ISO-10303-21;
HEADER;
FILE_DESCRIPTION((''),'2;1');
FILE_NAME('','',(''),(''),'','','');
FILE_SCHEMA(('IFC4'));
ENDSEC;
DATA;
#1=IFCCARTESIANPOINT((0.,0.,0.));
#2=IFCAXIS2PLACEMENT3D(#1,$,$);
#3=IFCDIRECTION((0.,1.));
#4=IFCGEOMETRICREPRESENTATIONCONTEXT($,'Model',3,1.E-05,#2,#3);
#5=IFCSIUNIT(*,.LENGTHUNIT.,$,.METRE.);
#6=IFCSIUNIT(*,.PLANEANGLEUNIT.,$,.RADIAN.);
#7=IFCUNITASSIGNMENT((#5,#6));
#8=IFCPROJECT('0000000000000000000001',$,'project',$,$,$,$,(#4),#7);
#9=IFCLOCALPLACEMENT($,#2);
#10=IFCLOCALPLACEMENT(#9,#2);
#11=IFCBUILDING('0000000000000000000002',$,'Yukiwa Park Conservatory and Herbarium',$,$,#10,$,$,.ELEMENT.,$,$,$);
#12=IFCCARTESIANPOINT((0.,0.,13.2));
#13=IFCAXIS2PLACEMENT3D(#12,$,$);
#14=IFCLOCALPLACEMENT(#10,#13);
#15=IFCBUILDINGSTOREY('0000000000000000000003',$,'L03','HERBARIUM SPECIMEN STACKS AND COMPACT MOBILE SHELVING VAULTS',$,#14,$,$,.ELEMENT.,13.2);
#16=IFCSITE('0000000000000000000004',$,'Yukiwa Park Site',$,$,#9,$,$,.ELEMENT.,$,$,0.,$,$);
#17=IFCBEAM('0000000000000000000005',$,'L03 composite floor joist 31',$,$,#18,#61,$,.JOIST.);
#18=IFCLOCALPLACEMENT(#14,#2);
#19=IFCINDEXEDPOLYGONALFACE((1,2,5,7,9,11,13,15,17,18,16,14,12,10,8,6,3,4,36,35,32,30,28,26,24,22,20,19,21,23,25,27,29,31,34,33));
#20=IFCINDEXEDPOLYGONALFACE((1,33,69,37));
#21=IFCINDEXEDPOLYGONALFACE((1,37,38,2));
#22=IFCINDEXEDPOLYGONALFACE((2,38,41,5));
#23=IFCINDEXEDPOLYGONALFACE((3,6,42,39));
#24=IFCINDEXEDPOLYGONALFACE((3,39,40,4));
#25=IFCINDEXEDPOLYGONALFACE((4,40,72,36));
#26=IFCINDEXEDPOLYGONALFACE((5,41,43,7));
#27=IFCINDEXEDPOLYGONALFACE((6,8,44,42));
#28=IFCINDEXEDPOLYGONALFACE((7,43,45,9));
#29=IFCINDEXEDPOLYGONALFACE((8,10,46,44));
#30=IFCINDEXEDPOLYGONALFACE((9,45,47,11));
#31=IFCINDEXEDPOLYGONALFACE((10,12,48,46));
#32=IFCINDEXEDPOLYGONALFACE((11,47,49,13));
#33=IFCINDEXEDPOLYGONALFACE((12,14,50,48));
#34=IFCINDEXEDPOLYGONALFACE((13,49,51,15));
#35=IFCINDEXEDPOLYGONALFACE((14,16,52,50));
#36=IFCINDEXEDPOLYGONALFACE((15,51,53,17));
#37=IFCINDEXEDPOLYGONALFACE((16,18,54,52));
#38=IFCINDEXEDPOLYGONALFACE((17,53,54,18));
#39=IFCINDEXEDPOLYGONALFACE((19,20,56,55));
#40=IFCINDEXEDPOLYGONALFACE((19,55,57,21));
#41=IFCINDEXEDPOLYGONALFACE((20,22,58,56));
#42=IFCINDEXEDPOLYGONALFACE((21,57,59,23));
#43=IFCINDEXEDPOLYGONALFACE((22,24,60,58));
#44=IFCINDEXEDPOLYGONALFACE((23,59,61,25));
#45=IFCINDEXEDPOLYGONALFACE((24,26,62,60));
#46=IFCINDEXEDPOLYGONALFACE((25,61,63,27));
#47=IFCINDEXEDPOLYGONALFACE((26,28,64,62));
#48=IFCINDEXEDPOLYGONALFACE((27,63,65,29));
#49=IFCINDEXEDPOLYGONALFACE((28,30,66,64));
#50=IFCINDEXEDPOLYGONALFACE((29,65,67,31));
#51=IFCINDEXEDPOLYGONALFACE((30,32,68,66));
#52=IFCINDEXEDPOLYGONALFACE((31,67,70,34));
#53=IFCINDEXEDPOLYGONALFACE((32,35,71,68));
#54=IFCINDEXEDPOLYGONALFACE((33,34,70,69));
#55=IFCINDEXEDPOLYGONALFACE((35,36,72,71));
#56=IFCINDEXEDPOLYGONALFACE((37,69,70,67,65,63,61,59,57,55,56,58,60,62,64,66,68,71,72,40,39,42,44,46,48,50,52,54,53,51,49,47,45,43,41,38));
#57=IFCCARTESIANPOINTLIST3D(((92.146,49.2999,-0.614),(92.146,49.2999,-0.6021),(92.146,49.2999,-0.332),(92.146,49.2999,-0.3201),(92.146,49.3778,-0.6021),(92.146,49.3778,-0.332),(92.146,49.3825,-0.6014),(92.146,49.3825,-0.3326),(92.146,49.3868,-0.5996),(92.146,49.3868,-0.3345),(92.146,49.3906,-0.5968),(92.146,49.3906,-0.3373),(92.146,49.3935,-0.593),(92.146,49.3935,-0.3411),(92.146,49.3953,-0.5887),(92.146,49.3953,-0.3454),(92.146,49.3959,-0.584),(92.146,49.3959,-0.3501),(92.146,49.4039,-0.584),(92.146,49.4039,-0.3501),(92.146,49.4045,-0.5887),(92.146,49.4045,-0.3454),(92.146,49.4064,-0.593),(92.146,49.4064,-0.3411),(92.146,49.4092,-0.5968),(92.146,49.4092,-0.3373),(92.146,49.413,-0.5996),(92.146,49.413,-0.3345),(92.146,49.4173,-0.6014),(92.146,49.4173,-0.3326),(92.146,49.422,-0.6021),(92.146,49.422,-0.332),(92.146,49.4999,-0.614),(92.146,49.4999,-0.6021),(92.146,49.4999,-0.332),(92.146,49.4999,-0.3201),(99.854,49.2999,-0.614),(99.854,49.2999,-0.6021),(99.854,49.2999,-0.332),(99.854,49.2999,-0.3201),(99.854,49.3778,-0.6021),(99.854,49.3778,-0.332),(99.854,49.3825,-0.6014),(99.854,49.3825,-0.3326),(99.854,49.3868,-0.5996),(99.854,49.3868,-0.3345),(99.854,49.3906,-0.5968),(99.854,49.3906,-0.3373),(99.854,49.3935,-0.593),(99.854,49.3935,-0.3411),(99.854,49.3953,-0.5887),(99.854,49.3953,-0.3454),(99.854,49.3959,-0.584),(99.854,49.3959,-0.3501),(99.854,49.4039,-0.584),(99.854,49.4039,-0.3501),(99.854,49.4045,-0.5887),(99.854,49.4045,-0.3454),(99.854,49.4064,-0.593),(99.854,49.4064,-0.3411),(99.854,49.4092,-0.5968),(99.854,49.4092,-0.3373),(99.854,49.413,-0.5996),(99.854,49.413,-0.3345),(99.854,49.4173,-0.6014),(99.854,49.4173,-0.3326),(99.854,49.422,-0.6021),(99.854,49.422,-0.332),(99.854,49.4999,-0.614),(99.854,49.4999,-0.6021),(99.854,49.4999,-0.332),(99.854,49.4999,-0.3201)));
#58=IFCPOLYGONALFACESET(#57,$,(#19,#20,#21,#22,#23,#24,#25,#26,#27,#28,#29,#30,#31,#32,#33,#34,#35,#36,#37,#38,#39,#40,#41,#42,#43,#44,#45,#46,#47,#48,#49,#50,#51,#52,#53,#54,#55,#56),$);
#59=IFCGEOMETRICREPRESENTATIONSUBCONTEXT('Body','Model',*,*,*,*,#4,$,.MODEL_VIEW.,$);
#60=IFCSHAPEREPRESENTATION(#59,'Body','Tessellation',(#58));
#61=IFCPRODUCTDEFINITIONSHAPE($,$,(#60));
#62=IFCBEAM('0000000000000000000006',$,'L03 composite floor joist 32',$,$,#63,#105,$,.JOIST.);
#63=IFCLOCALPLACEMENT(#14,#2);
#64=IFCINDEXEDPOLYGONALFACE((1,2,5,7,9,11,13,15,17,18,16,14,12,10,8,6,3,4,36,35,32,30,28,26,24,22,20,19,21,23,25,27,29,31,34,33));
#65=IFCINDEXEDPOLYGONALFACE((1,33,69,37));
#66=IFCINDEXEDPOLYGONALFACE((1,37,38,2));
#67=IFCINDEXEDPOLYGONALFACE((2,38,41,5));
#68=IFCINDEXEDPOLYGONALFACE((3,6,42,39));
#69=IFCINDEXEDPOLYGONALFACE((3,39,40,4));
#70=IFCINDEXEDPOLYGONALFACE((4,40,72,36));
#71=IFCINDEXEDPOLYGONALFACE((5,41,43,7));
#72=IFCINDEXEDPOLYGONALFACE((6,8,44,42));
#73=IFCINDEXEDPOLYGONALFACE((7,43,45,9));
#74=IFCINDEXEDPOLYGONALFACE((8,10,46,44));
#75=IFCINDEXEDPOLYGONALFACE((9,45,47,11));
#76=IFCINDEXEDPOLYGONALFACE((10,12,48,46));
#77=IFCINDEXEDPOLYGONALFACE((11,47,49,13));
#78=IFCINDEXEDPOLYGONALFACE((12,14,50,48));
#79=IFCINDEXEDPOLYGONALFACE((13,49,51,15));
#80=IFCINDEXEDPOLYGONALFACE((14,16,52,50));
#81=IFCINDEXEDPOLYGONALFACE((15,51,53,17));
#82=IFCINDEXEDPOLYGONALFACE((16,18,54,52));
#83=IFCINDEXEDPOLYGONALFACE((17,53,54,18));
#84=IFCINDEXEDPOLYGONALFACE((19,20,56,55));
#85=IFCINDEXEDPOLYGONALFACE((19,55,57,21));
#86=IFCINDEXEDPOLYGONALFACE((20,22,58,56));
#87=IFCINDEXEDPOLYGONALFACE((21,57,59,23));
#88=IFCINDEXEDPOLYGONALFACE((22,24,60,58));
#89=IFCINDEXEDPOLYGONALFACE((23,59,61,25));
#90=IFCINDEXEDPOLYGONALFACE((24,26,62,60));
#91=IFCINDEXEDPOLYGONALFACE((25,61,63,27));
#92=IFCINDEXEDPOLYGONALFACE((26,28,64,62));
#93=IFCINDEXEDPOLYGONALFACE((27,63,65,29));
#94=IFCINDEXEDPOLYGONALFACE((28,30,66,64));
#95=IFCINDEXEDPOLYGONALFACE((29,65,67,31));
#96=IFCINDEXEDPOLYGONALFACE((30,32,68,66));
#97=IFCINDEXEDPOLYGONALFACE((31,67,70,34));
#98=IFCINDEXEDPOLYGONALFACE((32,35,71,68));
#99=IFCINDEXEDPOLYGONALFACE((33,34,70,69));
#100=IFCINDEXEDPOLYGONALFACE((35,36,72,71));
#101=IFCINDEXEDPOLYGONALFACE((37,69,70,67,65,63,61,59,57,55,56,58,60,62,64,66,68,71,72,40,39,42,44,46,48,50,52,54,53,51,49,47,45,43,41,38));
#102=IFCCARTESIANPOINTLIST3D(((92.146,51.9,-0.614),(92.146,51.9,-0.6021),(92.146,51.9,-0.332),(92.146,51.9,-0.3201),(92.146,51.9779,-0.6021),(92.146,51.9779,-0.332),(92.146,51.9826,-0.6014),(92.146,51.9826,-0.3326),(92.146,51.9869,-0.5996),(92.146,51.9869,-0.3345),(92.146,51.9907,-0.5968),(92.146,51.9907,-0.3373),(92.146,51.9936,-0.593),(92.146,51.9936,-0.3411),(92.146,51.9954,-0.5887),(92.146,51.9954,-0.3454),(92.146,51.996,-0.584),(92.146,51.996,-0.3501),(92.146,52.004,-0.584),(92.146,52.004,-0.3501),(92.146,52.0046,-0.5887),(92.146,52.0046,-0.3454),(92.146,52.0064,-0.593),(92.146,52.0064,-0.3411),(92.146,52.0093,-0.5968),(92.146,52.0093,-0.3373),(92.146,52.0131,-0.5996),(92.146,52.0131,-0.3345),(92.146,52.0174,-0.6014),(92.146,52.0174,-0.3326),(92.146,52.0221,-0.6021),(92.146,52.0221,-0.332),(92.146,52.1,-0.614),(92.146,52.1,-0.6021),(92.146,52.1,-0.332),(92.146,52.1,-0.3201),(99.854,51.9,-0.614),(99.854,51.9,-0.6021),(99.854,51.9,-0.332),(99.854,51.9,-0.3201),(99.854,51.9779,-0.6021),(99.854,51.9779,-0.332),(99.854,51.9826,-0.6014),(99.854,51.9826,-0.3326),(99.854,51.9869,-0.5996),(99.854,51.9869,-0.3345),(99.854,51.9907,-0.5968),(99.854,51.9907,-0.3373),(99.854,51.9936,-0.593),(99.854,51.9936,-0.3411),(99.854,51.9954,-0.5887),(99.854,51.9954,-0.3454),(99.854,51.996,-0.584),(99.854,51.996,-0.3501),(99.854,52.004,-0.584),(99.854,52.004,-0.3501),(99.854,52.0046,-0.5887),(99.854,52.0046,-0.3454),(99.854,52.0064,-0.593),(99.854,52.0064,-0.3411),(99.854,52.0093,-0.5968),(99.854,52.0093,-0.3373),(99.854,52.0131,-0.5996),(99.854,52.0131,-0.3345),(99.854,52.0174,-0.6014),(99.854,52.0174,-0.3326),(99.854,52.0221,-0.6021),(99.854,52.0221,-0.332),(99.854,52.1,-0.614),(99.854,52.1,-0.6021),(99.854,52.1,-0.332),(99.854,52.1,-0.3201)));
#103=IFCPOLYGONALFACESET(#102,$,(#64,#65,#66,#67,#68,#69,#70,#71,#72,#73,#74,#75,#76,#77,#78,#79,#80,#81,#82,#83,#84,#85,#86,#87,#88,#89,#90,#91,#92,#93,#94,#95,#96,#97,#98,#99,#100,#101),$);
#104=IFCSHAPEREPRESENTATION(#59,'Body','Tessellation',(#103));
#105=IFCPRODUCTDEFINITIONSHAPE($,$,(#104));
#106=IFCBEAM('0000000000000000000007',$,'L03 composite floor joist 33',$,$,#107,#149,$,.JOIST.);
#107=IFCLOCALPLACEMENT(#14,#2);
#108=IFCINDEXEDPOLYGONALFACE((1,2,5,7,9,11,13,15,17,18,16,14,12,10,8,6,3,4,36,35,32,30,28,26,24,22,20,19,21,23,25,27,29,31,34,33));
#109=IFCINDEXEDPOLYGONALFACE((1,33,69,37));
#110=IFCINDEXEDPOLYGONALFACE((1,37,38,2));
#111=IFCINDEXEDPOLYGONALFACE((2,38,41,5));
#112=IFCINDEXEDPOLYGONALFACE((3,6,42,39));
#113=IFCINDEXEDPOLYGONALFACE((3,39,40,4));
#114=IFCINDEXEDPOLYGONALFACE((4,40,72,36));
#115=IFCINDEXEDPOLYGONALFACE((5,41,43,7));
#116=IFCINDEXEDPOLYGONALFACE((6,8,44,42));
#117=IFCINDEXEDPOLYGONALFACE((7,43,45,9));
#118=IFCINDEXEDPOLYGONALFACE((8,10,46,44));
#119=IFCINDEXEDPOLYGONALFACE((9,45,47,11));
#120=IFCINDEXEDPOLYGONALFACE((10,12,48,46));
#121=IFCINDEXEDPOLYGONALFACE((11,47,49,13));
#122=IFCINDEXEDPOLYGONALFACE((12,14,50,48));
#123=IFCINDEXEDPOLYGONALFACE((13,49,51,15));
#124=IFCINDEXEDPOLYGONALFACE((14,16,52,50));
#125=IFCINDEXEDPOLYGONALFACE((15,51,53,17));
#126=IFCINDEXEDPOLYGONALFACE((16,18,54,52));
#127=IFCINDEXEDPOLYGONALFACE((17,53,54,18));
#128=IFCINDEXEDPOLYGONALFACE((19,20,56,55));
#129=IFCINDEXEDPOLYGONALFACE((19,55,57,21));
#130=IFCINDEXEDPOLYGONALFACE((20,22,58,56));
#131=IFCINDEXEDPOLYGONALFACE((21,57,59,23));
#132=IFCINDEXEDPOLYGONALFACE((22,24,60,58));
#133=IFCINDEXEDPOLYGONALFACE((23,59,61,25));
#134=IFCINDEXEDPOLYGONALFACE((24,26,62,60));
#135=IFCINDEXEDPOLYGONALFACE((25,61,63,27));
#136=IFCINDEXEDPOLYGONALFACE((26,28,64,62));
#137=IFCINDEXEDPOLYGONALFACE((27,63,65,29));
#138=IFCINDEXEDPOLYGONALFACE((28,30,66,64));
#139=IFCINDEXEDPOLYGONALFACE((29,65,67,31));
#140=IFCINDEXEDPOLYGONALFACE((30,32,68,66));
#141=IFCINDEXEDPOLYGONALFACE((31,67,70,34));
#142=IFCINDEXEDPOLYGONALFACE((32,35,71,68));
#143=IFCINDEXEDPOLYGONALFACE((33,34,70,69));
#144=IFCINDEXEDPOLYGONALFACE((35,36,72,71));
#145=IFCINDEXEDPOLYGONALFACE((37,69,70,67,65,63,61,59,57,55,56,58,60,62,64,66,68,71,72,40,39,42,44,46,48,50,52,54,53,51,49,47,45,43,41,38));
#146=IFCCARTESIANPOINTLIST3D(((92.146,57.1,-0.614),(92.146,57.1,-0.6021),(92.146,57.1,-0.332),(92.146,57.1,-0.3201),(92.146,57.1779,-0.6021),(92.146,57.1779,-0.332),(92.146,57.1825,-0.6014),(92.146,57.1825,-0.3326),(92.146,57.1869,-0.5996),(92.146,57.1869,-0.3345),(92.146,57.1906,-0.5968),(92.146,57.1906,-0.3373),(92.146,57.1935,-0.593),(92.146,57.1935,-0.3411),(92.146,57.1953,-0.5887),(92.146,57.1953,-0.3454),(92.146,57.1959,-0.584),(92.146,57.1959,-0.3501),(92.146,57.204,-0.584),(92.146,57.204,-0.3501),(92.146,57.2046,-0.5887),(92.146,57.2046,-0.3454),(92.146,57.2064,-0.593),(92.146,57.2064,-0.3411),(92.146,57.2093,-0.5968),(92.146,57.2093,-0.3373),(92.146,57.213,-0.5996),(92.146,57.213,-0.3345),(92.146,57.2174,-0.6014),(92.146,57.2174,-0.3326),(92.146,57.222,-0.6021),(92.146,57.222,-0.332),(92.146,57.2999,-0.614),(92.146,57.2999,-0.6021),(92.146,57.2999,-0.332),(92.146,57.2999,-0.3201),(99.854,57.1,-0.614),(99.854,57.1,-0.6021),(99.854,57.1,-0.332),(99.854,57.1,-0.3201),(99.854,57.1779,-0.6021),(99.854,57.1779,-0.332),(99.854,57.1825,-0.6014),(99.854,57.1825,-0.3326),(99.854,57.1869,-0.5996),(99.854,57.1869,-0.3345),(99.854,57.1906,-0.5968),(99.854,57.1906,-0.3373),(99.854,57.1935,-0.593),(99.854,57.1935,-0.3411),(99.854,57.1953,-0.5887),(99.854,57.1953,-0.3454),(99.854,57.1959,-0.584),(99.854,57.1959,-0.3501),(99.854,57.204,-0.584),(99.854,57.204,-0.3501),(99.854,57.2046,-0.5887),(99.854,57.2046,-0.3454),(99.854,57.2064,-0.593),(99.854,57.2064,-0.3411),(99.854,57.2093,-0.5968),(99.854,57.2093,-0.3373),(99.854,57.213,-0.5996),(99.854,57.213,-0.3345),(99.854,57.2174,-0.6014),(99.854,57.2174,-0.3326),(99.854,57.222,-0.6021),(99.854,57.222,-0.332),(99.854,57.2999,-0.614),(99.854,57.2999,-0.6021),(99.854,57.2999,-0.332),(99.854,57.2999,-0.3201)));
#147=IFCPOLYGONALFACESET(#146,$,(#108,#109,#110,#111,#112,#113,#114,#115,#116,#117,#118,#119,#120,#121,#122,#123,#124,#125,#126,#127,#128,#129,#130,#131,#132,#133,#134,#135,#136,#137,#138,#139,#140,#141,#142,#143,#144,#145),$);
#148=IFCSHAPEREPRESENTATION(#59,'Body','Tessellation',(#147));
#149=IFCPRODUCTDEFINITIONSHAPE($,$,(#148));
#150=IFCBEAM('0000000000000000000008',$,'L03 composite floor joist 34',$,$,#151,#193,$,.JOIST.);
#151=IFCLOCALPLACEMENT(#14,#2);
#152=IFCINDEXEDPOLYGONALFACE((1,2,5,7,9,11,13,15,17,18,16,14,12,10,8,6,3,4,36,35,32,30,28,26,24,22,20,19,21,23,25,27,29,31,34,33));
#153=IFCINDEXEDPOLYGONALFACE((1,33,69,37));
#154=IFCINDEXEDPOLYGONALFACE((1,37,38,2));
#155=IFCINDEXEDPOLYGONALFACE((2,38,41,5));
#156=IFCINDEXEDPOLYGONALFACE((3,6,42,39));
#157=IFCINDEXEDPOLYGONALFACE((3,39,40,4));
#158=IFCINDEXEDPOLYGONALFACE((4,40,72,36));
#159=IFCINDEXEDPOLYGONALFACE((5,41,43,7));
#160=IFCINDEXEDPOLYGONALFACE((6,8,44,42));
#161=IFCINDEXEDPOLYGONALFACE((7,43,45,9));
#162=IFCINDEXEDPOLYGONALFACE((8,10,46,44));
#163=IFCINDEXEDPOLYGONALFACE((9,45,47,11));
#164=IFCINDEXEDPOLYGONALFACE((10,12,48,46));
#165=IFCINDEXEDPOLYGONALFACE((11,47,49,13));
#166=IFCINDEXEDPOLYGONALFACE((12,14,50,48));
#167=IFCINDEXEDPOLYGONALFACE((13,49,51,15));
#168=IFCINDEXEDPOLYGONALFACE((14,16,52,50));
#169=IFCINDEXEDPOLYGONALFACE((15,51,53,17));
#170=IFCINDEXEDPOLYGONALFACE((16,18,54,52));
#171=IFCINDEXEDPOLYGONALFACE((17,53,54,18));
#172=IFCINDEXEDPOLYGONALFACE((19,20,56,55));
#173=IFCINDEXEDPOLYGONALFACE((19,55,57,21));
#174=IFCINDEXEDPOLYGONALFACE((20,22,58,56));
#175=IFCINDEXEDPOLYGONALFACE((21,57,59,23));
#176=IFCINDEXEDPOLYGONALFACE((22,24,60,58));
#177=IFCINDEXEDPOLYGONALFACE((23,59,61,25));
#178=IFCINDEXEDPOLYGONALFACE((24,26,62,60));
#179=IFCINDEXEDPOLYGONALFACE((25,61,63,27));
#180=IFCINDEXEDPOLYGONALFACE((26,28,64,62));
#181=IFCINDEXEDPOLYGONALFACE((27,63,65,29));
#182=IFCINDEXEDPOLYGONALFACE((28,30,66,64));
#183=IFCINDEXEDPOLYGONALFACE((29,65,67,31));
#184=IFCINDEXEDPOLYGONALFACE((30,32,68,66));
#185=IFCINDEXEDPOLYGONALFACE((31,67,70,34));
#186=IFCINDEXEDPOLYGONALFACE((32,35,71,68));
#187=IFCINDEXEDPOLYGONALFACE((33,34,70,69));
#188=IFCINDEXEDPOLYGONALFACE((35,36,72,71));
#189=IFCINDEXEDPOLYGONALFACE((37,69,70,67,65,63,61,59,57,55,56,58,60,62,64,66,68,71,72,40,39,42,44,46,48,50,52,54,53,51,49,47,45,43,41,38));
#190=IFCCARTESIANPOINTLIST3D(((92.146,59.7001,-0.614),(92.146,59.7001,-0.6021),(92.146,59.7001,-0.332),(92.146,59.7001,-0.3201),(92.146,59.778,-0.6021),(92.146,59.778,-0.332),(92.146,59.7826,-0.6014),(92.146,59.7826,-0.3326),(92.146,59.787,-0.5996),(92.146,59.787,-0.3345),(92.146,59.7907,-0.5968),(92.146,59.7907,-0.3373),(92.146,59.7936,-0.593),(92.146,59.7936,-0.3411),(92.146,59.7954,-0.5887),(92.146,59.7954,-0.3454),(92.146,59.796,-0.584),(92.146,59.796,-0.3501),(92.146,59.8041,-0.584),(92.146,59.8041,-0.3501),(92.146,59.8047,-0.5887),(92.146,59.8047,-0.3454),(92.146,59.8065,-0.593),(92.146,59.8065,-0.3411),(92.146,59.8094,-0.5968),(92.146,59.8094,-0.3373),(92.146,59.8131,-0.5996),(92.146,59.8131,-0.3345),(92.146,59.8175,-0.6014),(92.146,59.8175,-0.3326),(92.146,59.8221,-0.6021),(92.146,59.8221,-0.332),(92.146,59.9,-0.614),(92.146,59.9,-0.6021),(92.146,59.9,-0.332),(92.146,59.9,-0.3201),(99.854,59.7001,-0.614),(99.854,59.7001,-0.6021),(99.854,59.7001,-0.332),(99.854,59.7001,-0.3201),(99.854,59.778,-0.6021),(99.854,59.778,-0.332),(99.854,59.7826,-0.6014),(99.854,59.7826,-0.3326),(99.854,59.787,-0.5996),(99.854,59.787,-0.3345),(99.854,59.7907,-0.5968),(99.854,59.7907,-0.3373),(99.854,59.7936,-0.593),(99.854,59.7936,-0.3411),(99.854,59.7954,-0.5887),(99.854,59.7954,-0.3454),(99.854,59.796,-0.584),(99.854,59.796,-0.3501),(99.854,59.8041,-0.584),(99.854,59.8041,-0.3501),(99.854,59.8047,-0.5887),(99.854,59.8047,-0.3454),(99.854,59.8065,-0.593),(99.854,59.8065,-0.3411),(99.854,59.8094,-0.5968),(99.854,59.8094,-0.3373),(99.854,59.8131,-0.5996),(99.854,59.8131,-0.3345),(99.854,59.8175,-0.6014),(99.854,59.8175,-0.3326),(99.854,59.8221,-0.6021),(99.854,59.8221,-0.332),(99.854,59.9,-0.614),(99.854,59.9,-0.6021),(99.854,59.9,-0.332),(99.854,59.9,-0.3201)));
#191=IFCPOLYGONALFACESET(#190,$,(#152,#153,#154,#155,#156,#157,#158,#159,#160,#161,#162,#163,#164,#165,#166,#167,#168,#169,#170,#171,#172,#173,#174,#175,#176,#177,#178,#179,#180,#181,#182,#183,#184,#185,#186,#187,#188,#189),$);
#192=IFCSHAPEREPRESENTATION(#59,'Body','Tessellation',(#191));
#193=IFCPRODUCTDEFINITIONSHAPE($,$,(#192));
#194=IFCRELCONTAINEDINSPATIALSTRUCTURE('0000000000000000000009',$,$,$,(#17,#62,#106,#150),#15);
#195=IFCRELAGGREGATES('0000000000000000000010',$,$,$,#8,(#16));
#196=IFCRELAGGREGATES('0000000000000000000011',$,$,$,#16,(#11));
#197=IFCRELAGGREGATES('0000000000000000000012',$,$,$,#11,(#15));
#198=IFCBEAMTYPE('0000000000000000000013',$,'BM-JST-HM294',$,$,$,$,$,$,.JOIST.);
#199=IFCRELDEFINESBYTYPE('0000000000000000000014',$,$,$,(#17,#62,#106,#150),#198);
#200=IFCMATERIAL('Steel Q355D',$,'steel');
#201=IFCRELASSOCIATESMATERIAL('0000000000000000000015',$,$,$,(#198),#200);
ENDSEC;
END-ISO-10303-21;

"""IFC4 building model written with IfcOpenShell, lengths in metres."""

from ifc_helpers import new_model, si_unit, direction, frame, origin, origin_2d, place, context, subcontext, project, spatial, i_section, extrude, material, material_profile, profile_set, type_object, element, save


model = new_model("IFC4")

# Units and contexts
model_context = context("Model", 3, precision=1e-05, world=origin(), true_north=direction((0.0, 1.0)))
body_context = subcontext(model_context, "Body", "Model", "MODEL_VIEW")
ifc_project = project(units=[si_unit("LENGTHUNIT", "METRE"), si_unit("PLANEANGLEUNIT", "RADIAN")], contexts=[model_context])

# Site, building, storey
site_placement = place(None, origin())
site = spatial("IfcSite", under=ifc_project, at=site_placement, Name="Yukiwa Park Site", CompositionType="ELEMENT", RefElevation=0.0)
building_placement = place(site_placement, origin())
building = spatial("IfcBuilding", under=site, at=building_placement, Name="Yukiwa Park Conservatory and Herbarium", CompositionType="ELEMENT")
storey_placement = place(building_placement, frame((0.0, 0.0, 13.2)))
storey = spatial("IfcBuildingStorey", under=building, at=storey_placement, Name="L03", Description="HERBARIUM SPECIMEN STACKS AND COMPACT MOBILE SHELVING VAULTS", CompositionType="ELEMENT", Elevation=13.2)

# Beams
ifc_material_1 = material(Name="Steel Q355D", Category="steel")
ifc_material_profile_1 = material_profile(ifc_material_1, i_section(OverallWidth=0.2, OverallDepth=0.2939, WebThickness=0.0081, FlangeThickness=0.012, FilletRadius=0.0181, at=origin_2d()), Name="HM 294x200x8x12")
ifc_profile_set_1 = profile_set([ifc_material_profile_1], Name="Steel Q355D")
beam_type_1 = type_object("IfcBeamType", Name="BM-JST-HM294", PredefinedType="JOIST", material=ifc_profile_set_1)
for number, where, z_axis, x_axis, name in (
    (1, (92.146, 49.3999, -0.467), (1.0, 0.0, 0.0), (0.0, 1.0, 0.0), "L03 composite floor joist 31"),
    (2, (92.146, 52.0, -0.467), (1.0, 0.0, 0.0), (0.0, 1.0, 0.0), "L03 composite floor joist 32"),
    (3, (92.146, 57.2, -0.467), (1.0, 0.0, 0.0), (0.0, 1.0, 0.0), "L03 composite floor joist 33"),
    (4, (92.146, 59.8, -0.467), (1.0, 0.0, 0.0), (0.0, 1.0, 0.0), "L03 composite floor joist 34"),
):
    element("IfcBeam", number, at=place(storey_placement, frame(where, z_axis=z_axis, x_axis=x_axis)), inside=storey, type_object=beam_type_1, Name=name, PredefinedType="JOIST", context=body_context, shape_type="SweptSolid", body=[
        extrude(i_section(OverallWidth=0.2, OverallDepth=0.2939, WebThickness=0.0081, FlangeThickness=0.012, FilletRadius=0.0181, at=origin_2d()), origin(), (0.0, 0.0, 1.0), 7.708),
    ])

save(model, "model.ifc")
